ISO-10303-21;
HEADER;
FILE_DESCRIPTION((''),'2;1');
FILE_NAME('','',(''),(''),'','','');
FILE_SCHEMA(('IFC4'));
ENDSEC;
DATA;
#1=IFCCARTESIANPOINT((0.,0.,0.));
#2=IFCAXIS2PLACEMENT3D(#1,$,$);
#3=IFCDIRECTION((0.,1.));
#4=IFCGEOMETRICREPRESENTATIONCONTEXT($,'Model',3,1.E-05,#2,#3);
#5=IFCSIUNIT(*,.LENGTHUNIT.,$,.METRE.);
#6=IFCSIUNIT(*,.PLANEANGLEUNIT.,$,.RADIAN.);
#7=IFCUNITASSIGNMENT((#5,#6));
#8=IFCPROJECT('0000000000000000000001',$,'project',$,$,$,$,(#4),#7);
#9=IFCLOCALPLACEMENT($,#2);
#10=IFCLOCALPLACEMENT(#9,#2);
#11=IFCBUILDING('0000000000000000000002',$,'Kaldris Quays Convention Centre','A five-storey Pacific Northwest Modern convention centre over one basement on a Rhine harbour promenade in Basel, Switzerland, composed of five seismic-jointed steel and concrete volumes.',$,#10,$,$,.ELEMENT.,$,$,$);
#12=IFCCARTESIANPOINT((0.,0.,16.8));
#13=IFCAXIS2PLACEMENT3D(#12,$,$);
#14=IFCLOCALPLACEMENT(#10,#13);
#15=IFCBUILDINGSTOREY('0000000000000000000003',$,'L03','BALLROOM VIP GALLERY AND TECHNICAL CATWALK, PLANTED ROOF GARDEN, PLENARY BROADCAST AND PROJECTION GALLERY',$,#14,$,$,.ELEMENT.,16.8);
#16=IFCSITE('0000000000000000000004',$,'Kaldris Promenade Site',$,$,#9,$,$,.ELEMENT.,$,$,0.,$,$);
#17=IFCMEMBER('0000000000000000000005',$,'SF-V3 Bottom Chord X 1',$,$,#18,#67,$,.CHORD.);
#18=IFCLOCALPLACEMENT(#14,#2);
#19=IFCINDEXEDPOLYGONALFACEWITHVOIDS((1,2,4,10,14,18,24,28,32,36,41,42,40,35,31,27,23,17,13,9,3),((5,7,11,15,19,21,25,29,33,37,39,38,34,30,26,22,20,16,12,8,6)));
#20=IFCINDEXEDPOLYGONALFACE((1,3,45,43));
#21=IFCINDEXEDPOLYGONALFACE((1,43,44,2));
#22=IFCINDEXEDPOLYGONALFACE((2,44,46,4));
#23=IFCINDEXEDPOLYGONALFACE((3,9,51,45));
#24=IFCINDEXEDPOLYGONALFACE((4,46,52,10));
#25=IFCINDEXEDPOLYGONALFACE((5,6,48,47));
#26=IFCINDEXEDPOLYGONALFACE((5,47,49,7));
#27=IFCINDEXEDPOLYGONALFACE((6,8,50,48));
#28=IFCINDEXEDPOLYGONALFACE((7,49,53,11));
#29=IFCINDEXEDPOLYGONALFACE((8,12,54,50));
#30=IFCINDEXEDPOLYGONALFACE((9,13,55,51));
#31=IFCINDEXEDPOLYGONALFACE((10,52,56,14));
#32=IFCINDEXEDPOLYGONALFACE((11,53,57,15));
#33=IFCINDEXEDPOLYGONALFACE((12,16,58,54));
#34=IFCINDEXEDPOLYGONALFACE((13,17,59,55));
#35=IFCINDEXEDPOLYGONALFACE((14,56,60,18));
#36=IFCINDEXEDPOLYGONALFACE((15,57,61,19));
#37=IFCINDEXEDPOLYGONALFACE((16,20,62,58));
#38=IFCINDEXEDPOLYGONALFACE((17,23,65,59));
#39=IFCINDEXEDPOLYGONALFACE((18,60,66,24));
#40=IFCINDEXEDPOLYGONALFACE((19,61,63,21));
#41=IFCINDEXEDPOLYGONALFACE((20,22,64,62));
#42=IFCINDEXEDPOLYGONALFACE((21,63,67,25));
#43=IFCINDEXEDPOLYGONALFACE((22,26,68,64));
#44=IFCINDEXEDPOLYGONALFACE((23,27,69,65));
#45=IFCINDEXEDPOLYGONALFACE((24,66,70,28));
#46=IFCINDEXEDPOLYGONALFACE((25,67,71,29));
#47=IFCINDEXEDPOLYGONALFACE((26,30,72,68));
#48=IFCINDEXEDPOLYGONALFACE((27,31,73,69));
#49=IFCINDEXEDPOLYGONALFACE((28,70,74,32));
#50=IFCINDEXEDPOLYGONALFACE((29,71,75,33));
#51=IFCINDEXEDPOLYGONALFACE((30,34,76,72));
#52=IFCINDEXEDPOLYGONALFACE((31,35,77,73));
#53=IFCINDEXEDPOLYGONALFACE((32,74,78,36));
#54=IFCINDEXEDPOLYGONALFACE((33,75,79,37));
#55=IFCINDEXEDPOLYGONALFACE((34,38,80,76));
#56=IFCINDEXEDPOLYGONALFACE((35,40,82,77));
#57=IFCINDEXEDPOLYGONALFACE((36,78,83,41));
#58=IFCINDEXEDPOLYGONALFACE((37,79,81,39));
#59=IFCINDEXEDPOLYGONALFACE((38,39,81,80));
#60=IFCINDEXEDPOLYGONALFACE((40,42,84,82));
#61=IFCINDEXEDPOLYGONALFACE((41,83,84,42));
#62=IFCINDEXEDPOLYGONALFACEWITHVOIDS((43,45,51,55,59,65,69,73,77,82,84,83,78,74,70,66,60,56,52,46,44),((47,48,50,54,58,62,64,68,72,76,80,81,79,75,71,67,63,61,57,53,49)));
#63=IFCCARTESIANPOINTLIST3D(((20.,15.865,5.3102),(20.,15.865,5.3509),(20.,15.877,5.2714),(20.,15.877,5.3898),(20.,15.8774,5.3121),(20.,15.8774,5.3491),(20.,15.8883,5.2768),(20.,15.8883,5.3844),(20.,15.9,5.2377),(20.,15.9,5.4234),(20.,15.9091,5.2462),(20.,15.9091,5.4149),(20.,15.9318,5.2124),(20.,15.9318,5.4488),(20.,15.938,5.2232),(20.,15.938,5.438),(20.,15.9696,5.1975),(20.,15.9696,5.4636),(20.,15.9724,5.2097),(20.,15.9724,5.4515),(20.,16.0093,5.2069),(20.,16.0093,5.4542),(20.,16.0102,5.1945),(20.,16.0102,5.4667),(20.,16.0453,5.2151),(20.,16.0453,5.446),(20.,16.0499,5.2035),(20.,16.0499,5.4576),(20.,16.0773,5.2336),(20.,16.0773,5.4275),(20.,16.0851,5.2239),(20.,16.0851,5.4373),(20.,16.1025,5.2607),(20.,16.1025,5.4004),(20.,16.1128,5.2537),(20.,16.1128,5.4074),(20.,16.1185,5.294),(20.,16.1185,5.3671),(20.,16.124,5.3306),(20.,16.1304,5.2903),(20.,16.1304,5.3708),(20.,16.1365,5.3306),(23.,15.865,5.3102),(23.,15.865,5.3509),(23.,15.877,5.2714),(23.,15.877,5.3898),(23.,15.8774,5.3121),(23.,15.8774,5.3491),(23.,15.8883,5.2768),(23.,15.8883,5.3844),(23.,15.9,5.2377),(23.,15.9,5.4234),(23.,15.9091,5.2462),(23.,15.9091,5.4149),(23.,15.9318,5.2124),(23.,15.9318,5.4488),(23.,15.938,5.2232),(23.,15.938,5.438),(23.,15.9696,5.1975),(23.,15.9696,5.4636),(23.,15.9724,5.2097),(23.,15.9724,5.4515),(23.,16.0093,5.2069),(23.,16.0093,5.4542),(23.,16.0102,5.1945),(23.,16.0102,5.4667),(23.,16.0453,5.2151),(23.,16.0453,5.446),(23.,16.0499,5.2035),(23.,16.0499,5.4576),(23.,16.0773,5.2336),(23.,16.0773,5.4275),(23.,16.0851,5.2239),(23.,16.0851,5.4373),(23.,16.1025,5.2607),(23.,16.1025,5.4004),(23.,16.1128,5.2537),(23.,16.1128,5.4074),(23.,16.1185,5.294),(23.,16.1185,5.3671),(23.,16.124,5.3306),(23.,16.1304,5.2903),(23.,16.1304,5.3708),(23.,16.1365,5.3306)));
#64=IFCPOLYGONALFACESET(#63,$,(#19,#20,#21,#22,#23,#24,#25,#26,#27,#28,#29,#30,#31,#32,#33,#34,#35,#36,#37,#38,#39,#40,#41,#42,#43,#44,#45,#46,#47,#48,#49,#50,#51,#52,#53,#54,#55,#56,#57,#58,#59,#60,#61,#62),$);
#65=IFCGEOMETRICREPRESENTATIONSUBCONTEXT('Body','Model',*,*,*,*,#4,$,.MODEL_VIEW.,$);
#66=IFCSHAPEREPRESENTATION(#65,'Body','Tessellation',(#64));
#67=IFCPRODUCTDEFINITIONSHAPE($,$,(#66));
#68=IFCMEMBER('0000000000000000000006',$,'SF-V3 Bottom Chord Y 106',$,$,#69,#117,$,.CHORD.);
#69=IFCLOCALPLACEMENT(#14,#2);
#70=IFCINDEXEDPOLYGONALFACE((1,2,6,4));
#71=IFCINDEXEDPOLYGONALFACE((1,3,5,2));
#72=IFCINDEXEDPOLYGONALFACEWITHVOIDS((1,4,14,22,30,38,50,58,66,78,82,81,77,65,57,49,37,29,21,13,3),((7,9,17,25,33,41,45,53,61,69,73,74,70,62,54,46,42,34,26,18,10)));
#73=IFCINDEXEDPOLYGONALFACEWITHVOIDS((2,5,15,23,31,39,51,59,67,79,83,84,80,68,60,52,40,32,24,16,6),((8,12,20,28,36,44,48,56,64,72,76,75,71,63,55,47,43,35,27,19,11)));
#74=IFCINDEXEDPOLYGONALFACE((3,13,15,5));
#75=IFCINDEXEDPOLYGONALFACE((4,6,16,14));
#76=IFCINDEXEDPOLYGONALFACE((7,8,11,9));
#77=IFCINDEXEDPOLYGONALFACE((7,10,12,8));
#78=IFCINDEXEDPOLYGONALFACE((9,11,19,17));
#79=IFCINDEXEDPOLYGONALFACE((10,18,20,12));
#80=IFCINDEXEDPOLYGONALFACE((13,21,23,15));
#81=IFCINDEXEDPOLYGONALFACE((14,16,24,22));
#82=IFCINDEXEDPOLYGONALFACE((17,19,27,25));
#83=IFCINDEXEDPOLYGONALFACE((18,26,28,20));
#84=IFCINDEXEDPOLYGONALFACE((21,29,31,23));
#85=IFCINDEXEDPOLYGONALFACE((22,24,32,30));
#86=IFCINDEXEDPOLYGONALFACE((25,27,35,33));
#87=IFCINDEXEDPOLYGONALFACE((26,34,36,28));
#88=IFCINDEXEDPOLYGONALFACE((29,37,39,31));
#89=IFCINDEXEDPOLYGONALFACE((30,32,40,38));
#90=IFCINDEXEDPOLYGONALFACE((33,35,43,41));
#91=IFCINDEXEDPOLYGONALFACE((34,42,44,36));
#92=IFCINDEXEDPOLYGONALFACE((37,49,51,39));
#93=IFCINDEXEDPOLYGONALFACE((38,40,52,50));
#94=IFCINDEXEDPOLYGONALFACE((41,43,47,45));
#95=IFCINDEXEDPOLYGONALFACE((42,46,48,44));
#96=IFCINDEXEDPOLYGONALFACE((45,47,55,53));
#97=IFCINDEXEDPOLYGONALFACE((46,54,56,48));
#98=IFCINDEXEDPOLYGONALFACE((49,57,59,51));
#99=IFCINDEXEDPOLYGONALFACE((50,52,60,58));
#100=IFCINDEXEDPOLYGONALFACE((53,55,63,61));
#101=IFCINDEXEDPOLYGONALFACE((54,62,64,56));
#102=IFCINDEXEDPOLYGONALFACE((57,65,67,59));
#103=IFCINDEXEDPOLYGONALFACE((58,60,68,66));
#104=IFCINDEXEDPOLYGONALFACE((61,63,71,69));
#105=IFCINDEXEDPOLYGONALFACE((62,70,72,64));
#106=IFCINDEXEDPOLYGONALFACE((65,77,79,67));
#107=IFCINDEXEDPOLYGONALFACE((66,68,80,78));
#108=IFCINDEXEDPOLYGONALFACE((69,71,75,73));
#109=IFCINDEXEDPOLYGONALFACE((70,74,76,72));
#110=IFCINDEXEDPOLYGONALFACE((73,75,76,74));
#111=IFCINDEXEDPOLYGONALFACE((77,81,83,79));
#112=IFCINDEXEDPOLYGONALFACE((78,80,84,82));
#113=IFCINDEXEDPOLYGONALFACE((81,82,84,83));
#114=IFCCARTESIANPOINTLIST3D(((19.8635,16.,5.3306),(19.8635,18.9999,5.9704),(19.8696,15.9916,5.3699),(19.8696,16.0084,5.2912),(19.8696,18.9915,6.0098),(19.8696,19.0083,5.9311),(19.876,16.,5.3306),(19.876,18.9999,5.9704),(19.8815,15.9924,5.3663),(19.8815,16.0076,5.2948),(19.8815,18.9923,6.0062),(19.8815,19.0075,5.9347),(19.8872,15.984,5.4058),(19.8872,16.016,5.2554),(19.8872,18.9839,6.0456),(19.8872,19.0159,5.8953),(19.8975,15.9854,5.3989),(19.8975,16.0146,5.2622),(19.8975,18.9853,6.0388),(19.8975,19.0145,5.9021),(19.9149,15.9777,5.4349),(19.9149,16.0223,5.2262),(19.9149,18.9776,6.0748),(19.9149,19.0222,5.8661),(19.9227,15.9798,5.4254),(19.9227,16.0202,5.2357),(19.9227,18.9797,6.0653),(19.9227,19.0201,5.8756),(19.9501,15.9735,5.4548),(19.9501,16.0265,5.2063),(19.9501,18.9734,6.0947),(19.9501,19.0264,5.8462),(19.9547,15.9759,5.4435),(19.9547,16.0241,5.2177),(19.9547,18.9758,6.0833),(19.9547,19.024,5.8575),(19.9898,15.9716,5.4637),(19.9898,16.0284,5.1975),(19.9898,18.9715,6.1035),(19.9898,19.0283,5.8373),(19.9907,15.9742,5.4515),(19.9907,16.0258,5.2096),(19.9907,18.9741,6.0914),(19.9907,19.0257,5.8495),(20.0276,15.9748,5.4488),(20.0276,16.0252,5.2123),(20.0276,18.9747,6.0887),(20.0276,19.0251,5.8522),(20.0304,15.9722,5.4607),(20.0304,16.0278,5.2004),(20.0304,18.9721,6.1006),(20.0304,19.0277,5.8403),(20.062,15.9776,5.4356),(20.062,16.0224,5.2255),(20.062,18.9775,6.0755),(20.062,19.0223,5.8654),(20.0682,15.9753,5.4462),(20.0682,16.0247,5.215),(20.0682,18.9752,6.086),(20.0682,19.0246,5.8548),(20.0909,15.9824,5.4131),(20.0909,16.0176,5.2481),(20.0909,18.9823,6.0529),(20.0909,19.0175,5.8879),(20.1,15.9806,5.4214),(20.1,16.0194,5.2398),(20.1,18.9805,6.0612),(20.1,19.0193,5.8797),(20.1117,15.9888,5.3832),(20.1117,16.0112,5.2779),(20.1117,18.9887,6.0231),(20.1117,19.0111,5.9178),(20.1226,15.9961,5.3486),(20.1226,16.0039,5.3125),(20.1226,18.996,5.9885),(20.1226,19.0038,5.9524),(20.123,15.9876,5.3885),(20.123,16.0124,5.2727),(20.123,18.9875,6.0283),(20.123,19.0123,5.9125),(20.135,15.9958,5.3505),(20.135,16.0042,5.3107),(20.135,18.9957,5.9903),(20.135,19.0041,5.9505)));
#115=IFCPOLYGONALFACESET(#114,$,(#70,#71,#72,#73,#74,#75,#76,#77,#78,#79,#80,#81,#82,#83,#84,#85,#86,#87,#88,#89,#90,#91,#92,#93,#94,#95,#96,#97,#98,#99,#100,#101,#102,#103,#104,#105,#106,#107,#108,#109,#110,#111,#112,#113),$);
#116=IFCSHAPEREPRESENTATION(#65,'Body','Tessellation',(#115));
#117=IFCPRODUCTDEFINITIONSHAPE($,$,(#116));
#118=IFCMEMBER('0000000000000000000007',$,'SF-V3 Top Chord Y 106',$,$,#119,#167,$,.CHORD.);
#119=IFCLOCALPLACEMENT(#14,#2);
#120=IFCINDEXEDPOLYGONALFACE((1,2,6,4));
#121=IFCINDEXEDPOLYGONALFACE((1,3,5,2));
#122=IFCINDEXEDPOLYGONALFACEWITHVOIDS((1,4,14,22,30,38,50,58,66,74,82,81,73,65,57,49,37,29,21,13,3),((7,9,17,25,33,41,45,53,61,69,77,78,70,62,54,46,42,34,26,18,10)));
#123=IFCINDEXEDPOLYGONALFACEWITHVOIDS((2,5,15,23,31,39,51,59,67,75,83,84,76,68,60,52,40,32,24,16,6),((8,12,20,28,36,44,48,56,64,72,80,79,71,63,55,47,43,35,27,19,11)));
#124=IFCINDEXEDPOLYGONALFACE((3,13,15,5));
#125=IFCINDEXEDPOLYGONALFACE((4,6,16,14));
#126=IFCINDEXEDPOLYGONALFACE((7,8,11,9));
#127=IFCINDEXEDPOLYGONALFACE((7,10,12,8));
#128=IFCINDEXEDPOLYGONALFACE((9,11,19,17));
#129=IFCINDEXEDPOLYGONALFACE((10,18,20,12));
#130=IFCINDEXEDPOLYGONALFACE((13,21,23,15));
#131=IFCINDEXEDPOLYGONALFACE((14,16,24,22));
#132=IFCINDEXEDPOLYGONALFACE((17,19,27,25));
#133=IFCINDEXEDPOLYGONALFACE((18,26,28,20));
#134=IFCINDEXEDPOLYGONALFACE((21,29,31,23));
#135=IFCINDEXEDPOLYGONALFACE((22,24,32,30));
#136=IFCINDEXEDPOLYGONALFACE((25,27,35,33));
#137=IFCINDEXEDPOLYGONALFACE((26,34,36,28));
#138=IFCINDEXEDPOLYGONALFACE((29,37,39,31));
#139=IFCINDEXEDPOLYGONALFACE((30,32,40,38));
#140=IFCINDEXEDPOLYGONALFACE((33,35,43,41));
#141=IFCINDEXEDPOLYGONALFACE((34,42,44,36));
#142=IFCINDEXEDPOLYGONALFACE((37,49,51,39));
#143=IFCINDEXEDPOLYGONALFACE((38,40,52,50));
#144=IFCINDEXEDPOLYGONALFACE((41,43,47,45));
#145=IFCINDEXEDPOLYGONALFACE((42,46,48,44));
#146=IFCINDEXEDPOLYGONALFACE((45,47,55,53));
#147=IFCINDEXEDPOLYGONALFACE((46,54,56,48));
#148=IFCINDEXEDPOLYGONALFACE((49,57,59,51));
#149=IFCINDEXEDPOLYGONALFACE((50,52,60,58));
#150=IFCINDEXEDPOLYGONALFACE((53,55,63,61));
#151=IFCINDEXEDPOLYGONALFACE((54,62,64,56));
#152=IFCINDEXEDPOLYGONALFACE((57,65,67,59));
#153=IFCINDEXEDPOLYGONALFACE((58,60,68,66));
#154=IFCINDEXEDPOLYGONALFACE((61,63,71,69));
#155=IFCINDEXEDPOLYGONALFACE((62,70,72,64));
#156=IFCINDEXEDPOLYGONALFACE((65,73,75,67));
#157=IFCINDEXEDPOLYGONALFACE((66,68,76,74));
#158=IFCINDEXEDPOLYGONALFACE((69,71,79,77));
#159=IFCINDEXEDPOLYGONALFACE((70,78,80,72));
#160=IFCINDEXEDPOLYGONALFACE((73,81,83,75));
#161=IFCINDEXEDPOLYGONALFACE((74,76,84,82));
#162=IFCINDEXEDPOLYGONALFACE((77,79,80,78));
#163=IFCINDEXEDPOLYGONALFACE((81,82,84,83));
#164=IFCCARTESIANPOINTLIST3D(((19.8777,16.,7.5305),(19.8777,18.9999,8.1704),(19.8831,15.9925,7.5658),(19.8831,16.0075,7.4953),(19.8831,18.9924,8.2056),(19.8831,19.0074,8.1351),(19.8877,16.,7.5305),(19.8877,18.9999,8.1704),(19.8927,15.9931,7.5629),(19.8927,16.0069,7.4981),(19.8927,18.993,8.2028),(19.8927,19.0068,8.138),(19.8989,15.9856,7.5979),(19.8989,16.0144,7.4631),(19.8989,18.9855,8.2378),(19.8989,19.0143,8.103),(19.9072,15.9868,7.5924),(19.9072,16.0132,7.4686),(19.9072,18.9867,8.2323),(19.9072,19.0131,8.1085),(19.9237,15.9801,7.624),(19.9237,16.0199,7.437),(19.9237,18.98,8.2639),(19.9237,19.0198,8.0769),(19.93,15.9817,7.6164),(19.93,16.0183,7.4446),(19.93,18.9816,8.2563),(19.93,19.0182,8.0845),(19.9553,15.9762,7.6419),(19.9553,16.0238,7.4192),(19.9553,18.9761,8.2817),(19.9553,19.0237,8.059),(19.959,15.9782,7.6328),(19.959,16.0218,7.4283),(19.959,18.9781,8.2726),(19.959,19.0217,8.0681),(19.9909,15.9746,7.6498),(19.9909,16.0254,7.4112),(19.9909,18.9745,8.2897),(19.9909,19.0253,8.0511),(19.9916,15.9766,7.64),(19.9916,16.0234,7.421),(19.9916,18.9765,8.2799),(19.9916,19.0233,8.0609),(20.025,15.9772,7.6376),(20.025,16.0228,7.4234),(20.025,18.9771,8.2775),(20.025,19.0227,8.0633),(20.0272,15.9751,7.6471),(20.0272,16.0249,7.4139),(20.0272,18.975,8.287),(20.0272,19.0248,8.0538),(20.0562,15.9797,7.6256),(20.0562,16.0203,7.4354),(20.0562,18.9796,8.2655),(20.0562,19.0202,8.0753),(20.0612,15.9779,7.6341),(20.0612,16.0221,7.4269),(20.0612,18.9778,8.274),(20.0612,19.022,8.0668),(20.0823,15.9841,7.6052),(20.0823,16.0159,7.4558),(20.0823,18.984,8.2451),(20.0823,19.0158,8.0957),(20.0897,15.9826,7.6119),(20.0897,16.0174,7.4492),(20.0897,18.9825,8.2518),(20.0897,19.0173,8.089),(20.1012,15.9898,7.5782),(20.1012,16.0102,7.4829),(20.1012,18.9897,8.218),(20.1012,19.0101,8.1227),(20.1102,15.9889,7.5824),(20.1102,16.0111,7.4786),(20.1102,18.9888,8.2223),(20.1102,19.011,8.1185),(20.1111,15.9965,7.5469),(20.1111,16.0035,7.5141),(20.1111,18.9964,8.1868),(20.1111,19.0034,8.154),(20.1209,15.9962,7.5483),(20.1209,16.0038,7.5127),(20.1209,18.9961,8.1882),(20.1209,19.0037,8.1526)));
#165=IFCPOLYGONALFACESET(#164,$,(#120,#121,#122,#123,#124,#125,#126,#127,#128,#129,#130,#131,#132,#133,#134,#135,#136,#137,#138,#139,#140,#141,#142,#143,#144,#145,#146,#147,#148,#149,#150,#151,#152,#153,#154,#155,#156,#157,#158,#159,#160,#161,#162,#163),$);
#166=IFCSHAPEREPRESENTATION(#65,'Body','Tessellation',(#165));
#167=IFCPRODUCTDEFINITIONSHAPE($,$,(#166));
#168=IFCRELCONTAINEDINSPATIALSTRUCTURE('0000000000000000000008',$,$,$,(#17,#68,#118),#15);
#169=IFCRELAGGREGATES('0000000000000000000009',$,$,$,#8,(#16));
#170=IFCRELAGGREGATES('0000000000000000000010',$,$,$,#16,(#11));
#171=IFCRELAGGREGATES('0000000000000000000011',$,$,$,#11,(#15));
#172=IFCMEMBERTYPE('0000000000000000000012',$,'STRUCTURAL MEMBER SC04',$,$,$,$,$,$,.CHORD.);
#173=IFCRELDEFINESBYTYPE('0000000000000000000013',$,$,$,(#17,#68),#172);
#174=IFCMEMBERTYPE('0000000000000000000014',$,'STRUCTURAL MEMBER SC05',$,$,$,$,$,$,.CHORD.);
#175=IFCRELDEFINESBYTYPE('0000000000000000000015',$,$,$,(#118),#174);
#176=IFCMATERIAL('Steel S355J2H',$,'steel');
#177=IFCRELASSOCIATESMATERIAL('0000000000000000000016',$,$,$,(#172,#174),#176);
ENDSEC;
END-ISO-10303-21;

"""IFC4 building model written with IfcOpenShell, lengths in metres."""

from ifc_helpers import new_model, si_unit, direction, frame, origin, origin_2d, place, context, subcontext, project, spatial, hollow_circle, extrude, material, material_profile, profile_set, type_object, element, save


model = new_model("IFC4")

# Units and contexts
model_context = context("Model", 3, precision=1e-05, world=origin(), true_north=direction((0.0, 1.0)))
body_context = subcontext(model_context, "Body", "Model", "MODEL_VIEW")
ifc_project = project(units=[si_unit("LENGTHUNIT", "METRE"), si_unit("PLANEANGLEUNIT", "RADIAN")], contexts=[model_context])

# Site, building, storey
site_placement = place(None, origin())
site = spatial("IfcSite", under=ifc_project, at=site_placement, Name="Kaldris Promenade Site", CompositionType="ELEMENT", RefElevation=0.0)
building_placement = place(site_placement, origin())
building = spatial("IfcBuilding", under=site, at=building_placement, Name="Kaldris Quays Convention Centre", Description="A five-storey Pacific Northwest Modern convention centre over one basement on a Rhine harbour promenade in Basel, Switzerland, composed of five seismic-jointed steel and concrete volumes.", CompositionType="ELEMENT")
storey_placement = place(building_placement, frame((0.0, 0.0, 16.8)))
storey = spatial("IfcBuildingStorey", under=building, at=storey_placement, Name="L03", Description="BALLROOM VIP GALLERY AND TECHNICAL CATWALK, PLANTED ROOF GARDEN, PLENARY BROADCAST AND PROJECTION GALLERY", CompositionType="ELEMENT", Elevation=16.8)

# Members
ifc_material_1 = material(Name="Steel S355J2H", Category="steel")
ifc_material_profile_1 = material_profile(ifc_material_1, hollow_circle(Radius=0.1365, WallThickness=0.0125, at=origin_2d()), Name="CHS 273x12.5")
ifc_profile_set_1 = profile_set([ifc_material_profile_1], Name="Steel S355J2H")
member_type_1 = type_object("IfcMemberType", Name="STRUCTURAL MEMBER SC04", PredefinedType="CHORD", material=ifc_profile_set_1)
member_1_placement = place(storey_placement, frame((20.0, 16.0, 5.3306), z_axis=(1.0, 0.0, 0.0), x_axis=(0.0, 1.0, 0.0)))
element("IfcMember", 1, at=member_1_placement, inside=storey, type_object=member_type_1, Name="SF-V3 Bottom Chord X 1", PredefinedType="CHORD", context=body_context, shape_type="SweptSolid", body=[
    extrude(hollow_circle(Radius=0.1365, WallThickness=0.0125, at=origin_2d()), origin(), (0.0, 0.0, 1.0), 3.0),
])
member_2_placement = place(storey_placement, frame((20.0, 16.0, 5.3306), z_axis=(0.0, 0.978, 0.208605), x_axis=(-1.0, 0.0, 0.0)))
element("IfcMember", 2, at=member_2_placement, inside=storey, type_object=member_type_1, Name="SF-V3 Bottom Chord Y 106", PredefinedType="CHORD", context=body_context, shape_type="SweptSolid", body=[
    extrude(hollow_circle(Radius=0.1365, WallThickness=0.0125, at=origin_2d()), origin(), (0.0, 0.0, 1.0), 3.0674),
])
ifc_material_profile_2 = material_profile(ifc_material_1, hollow_circle(Radius=0.1223, WallThickness=0.01, at=origin_2d()), Name="CHS 244.5x10")
ifc_profile_set_2 = profile_set([ifc_material_profile_2], Name="Steel S355J2H")
member_type_2 = type_object("IfcMemberType", Name="STRUCTURAL MEMBER SC05", PredefinedType="CHORD", material=ifc_profile_set_2)
member_3_placement = place(storey_placement, frame((20.0, 16.0, 7.5305), z_axis=(0.0, 0.978, 0.208605), x_axis=(-1.0, 0.0, 0.0)))
element("IfcMember", 3, at=member_3_placement, inside=storey, type_object=member_type_2, Name="SF-V3 Top Chord Y 106", PredefinedType="CHORD", context=body_context, shape_type="SweptSolid", body=[
    extrude(hollow_circle(Radius=0.1223, WallThickness=0.01, at=origin_2d()), origin(), (0.0, 0.0, 1.0), 3.0674),
])

save(model, "model.ifc")
